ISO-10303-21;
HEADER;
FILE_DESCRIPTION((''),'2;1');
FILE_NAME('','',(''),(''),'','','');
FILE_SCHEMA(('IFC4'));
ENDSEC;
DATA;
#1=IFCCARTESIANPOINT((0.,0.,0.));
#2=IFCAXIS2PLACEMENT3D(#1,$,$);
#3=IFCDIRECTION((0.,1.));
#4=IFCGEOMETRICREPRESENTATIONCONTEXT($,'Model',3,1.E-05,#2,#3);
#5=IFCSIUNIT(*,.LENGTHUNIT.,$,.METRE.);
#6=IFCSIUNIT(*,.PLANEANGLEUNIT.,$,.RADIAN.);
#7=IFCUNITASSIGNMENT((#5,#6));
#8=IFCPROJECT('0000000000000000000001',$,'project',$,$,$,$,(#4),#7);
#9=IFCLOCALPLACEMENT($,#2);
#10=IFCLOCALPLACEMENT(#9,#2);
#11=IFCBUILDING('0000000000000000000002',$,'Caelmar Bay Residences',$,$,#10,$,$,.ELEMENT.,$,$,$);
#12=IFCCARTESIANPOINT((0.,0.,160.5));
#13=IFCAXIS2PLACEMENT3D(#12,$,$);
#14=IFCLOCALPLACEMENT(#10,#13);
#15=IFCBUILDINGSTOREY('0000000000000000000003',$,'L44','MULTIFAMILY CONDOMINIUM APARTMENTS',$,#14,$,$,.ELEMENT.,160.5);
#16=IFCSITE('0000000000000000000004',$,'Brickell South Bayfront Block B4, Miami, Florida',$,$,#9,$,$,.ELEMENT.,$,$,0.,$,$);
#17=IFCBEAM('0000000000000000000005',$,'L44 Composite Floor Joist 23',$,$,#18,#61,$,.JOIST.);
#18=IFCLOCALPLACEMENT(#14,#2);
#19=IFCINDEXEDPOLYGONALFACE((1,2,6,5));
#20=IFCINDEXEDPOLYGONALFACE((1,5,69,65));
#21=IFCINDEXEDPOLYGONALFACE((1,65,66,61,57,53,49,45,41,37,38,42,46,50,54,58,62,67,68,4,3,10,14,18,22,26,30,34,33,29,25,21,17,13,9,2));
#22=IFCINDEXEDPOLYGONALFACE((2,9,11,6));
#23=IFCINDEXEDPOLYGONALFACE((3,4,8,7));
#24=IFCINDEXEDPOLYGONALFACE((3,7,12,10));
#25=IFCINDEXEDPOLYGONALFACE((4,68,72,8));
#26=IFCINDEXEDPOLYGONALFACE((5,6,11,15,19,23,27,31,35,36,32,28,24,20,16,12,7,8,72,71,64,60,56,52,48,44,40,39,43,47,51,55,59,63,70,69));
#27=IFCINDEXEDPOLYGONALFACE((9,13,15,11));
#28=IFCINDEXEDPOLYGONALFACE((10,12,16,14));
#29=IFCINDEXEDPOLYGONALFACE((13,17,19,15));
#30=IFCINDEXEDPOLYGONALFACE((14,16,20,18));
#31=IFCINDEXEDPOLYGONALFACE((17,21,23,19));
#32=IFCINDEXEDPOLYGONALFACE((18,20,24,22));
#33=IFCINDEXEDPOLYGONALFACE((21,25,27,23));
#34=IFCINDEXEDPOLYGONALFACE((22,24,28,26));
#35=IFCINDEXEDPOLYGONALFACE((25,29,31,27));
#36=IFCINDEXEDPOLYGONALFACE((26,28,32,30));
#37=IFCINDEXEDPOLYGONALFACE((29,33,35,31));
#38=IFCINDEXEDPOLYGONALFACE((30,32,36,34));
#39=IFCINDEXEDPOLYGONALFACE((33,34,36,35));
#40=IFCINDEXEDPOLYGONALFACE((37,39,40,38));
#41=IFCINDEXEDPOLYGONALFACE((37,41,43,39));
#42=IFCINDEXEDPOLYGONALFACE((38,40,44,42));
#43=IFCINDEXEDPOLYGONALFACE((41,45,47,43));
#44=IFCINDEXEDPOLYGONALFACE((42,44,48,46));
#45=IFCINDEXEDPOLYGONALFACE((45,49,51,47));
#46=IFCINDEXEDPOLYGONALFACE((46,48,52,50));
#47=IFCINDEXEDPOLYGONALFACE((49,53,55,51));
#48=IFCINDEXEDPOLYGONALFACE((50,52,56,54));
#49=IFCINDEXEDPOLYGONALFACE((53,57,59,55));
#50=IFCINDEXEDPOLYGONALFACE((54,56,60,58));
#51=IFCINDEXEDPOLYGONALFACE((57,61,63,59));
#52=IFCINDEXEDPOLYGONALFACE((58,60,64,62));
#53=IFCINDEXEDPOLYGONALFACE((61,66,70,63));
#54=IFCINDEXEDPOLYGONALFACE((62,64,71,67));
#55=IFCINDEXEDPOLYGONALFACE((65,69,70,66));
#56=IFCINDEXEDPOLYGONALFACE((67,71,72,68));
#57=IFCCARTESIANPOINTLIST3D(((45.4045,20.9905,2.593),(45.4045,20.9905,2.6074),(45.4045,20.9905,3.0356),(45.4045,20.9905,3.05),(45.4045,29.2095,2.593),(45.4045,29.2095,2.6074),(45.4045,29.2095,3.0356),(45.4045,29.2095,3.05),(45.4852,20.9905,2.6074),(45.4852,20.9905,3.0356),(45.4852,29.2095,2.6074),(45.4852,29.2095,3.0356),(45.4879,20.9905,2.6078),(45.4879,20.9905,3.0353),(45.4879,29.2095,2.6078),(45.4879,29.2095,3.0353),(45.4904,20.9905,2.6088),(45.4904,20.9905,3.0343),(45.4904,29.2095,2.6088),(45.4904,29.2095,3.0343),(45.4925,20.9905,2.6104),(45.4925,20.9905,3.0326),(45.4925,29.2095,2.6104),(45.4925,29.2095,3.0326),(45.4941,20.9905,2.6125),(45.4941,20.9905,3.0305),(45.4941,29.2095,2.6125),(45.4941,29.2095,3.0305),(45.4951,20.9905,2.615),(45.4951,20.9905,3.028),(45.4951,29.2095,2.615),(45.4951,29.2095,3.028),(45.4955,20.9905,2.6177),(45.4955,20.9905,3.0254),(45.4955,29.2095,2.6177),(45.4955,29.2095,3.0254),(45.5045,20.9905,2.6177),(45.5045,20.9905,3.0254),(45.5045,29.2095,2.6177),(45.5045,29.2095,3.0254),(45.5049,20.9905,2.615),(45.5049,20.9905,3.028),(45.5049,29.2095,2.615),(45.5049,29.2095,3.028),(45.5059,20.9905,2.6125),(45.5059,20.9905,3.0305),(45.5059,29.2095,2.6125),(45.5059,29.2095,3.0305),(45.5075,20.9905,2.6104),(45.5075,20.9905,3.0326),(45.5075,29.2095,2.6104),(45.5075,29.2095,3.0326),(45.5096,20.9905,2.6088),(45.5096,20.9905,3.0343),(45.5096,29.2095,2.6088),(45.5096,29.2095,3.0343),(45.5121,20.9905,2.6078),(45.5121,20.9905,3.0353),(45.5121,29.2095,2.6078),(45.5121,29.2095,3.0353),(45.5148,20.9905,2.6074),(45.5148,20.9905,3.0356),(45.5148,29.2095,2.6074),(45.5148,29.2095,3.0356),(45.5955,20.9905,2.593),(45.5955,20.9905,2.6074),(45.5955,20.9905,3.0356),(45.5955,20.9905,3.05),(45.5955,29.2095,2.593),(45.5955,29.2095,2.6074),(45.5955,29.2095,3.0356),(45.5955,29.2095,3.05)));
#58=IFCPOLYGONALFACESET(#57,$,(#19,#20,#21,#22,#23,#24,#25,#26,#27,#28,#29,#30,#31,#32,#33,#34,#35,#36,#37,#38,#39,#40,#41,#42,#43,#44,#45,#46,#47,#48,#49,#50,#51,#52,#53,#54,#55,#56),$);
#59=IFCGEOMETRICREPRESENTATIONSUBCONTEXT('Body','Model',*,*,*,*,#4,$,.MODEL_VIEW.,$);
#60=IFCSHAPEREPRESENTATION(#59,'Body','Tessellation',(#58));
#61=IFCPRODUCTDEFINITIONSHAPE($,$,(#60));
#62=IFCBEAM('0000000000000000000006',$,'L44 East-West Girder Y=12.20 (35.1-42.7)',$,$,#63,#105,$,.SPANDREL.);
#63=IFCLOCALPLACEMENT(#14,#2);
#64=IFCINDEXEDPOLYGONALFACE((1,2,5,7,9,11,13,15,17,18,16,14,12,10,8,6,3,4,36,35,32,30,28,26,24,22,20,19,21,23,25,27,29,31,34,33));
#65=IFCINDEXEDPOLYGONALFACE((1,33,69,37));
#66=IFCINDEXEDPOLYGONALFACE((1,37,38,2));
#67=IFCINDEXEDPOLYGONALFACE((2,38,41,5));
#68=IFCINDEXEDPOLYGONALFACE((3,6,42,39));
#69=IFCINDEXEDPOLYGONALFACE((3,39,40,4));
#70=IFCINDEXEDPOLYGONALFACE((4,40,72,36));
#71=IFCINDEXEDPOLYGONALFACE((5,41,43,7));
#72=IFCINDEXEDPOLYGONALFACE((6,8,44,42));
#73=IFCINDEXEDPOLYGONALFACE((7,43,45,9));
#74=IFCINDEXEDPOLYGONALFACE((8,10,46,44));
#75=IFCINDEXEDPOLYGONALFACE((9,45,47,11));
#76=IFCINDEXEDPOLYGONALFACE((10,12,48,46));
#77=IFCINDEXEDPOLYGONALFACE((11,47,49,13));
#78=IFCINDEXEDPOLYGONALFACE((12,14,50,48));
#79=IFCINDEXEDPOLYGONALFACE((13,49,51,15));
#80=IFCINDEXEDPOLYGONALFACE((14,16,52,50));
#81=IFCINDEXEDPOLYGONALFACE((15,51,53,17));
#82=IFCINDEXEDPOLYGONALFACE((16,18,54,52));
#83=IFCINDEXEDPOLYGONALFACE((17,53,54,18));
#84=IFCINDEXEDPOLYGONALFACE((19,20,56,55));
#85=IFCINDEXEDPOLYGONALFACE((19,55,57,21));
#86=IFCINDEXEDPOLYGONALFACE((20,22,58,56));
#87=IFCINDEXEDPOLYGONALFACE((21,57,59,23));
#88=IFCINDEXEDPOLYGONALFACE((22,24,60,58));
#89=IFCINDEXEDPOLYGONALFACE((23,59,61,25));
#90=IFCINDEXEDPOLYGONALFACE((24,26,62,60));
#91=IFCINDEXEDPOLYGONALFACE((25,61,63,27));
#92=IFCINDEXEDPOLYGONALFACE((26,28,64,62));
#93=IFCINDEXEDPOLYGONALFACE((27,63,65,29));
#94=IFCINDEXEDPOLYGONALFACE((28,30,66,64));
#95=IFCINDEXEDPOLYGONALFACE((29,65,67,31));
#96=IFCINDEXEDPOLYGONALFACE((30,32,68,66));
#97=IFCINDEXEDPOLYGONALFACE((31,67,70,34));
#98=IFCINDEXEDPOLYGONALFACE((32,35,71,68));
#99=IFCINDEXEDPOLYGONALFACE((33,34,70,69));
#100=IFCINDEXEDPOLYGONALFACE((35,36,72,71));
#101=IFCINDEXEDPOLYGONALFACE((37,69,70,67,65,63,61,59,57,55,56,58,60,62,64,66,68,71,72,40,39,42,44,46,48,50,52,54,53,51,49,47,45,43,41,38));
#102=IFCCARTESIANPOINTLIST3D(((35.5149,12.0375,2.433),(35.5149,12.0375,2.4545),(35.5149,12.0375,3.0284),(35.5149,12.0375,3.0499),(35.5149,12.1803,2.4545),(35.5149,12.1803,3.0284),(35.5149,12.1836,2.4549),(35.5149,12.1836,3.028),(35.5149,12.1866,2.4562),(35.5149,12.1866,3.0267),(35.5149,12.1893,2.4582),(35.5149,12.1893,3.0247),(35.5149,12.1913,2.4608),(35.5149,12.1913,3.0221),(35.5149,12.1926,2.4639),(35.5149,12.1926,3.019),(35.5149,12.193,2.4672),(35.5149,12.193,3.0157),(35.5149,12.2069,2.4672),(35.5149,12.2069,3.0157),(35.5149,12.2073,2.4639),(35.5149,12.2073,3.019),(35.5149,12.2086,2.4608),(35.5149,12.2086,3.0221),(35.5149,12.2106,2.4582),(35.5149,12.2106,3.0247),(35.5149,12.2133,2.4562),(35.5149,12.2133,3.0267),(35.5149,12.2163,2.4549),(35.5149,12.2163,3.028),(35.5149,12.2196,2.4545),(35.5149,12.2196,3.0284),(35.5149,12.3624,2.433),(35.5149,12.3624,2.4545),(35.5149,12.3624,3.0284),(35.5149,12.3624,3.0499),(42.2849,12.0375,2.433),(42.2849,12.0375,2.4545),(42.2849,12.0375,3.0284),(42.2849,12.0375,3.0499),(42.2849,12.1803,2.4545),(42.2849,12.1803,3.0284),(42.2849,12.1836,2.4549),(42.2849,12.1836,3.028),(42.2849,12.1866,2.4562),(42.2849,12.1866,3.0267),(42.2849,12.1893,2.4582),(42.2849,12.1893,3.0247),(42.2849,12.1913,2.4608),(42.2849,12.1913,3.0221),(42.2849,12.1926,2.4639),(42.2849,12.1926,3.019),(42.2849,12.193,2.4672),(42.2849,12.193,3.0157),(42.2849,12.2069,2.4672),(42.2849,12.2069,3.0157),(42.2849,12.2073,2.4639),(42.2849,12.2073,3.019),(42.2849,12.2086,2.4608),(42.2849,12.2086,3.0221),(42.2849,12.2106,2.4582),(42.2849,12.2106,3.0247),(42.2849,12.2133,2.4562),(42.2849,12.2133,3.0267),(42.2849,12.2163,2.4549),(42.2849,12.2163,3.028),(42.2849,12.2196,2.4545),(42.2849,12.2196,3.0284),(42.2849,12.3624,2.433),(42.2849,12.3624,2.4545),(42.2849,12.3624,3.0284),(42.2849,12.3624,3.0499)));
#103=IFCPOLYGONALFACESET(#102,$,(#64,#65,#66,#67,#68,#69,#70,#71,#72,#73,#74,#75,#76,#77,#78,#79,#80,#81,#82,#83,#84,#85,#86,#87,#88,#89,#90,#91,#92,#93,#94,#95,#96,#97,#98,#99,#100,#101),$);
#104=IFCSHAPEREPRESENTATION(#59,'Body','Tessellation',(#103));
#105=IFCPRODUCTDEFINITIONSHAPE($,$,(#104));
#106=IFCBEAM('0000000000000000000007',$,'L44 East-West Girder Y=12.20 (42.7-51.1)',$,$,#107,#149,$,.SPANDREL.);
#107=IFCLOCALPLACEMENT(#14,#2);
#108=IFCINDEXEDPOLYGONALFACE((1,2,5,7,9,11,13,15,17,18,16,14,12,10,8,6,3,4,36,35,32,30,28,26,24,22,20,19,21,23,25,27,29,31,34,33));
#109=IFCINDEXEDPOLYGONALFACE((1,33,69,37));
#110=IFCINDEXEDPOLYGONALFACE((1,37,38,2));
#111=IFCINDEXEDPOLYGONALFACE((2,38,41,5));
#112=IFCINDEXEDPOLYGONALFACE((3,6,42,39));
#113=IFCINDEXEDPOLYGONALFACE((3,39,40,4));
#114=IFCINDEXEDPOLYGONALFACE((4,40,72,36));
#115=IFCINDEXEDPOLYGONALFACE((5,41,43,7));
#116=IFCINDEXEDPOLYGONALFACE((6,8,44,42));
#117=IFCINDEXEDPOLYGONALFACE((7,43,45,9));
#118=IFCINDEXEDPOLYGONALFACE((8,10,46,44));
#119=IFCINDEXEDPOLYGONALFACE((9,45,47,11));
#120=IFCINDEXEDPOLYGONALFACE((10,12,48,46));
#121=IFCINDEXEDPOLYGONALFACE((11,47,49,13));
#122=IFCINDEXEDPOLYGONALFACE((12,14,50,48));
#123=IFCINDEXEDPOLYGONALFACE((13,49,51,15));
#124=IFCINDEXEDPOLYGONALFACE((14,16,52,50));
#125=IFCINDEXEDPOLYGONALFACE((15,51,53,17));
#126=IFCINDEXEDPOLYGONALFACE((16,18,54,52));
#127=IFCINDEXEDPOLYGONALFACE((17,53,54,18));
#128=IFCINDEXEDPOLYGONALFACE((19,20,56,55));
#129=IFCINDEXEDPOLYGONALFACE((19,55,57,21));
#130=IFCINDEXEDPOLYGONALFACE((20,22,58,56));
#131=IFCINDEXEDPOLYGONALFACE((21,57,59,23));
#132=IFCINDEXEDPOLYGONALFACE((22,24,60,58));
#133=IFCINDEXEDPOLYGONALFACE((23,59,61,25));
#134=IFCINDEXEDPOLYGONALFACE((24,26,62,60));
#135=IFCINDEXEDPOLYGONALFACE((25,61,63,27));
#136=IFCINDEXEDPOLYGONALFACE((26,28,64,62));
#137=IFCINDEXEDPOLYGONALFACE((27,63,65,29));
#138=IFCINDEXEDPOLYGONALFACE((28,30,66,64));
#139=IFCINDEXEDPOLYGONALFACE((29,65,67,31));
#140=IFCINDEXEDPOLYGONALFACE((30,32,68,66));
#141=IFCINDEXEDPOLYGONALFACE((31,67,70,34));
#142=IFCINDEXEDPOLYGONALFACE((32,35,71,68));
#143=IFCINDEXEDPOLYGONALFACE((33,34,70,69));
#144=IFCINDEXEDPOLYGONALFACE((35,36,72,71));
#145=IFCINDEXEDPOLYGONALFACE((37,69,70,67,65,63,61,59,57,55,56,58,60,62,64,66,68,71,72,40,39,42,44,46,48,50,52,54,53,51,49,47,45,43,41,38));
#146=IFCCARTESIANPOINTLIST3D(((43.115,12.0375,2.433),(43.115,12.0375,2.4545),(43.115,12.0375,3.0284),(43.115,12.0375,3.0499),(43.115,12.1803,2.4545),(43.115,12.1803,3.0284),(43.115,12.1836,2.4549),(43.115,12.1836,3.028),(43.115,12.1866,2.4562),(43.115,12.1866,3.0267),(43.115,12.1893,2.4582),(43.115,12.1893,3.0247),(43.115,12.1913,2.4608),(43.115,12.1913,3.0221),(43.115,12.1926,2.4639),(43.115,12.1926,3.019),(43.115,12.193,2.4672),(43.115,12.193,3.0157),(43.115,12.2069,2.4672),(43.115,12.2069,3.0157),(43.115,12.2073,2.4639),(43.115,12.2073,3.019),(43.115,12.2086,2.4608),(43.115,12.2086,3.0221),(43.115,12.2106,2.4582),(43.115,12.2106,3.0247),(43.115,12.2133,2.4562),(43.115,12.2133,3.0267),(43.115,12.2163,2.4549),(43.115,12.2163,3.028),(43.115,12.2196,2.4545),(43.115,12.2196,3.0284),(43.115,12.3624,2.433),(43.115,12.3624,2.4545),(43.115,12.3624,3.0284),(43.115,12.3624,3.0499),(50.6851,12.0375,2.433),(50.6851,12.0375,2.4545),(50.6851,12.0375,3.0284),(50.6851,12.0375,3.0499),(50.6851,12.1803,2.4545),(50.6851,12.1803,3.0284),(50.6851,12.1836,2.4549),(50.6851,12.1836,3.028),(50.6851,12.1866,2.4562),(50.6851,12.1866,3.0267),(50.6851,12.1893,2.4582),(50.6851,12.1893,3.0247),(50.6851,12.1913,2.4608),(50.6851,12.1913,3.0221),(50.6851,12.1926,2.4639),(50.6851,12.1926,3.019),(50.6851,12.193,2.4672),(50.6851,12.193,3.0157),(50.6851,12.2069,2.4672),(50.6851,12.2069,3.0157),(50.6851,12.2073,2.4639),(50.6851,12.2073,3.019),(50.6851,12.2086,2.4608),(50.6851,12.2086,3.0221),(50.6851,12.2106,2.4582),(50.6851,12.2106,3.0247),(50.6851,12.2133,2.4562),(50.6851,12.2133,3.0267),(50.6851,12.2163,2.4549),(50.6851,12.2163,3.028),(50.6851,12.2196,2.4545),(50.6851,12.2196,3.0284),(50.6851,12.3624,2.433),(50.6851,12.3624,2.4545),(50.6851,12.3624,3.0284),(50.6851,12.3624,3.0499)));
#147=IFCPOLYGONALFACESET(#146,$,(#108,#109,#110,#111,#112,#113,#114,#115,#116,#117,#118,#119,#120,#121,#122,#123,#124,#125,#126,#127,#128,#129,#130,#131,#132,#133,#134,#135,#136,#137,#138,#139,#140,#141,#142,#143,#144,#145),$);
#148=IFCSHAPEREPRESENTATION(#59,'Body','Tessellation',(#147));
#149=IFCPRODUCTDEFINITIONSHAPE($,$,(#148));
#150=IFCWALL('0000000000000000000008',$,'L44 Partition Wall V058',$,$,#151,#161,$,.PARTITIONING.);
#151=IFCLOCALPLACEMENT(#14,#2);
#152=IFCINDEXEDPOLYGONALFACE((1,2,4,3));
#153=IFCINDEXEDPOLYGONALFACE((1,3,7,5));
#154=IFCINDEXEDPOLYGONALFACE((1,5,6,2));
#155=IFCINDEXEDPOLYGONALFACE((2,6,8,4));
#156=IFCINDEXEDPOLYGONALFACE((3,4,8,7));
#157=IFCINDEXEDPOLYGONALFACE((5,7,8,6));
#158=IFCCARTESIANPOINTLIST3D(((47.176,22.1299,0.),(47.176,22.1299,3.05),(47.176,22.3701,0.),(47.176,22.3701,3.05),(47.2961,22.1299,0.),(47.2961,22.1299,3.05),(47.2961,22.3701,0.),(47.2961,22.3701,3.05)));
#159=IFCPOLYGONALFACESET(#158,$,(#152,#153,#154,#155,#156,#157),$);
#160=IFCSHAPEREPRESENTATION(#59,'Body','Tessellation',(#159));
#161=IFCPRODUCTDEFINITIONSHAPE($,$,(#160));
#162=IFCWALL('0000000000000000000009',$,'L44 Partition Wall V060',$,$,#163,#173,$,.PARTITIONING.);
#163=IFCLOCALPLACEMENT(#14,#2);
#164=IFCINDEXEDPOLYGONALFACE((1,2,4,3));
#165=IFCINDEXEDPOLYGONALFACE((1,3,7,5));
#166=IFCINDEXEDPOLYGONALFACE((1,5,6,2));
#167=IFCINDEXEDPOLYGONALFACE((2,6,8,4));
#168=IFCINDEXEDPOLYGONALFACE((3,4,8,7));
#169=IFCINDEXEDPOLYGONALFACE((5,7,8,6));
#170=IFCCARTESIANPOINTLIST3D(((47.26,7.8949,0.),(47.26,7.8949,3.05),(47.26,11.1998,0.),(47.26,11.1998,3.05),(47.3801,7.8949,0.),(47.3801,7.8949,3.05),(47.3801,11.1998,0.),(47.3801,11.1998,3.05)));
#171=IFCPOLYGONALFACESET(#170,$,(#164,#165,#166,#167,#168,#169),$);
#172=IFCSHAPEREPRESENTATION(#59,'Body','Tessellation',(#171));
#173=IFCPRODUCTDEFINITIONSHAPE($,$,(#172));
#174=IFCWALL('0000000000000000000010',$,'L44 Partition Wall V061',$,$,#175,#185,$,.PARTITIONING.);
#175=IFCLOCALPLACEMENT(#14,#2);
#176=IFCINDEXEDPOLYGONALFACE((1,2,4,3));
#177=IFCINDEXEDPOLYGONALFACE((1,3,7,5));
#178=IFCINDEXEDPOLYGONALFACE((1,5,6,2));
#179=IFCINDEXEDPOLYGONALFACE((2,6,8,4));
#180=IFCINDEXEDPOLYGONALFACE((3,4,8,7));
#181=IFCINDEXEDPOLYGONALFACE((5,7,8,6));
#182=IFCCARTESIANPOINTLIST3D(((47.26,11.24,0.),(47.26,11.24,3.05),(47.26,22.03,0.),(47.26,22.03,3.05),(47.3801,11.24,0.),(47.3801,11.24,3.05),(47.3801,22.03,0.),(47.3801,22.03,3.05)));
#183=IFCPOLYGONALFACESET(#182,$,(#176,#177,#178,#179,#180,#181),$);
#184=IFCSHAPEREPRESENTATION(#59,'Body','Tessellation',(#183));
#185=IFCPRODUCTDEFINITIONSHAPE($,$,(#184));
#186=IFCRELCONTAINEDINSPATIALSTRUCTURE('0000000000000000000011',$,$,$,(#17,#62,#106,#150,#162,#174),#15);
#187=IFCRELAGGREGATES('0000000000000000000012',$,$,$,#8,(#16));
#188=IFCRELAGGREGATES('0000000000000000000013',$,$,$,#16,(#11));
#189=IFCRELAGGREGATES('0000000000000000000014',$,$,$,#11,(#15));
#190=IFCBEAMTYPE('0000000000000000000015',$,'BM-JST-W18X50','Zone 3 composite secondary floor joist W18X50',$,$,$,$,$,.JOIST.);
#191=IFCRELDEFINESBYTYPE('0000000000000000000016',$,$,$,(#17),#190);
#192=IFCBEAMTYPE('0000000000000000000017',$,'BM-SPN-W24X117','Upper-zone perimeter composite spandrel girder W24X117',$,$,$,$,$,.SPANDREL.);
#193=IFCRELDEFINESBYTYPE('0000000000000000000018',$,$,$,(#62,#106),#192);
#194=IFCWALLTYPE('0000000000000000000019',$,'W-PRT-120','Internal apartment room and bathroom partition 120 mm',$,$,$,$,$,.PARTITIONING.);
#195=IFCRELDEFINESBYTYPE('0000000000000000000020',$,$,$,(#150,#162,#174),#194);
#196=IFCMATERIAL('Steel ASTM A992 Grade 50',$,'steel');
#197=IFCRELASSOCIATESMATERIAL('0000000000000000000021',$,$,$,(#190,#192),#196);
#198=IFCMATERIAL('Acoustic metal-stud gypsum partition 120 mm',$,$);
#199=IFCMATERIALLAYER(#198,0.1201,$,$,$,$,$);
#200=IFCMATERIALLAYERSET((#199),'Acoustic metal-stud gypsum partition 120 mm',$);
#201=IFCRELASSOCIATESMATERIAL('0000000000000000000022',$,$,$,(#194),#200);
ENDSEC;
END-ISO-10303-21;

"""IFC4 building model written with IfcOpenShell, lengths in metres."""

from ifc_helpers import new_model, si_unit, direction, frame, frame_2d, origin, origin_2d, place, context, subcontext, project, spatial, rectangle, i_section, extrude, material, layer, layer_set, material_profile, profile_set, type_object, element, save


model = new_model("IFC4")

# Units and contexts
model_context = context("Model", 3, precision=1e-05, world=origin(), true_north=direction((0.0, 1.0)))
body_context = subcontext(model_context, "Body", "Model", "MODEL_VIEW")
ifc_project = project(units=[si_unit("LENGTHUNIT", "METRE"), si_unit("PLANEANGLEUNIT", "RADIAN")], contexts=[model_context])

# Site, building, storey
site_placement = place(None, origin())
site = spatial("IfcSite", under=ifc_project, at=site_placement, Name="Brickell South Bayfront Block B4, Miami, Florida", CompositionType="ELEMENT", RefElevation=0.0)
building_placement = place(site_placement, origin())
building = spatial("IfcBuilding", under=site, at=building_placement, Name="Caelmar Bay Residences", CompositionType="ELEMENT")
storey_placement = place(building_placement, frame((0.0, 0.0, 160.5)))
storey = spatial("IfcBuildingStorey", under=building, at=storey_placement, Name="L44", Description="MULTIFAMILY CONDOMINIUM APARTMENTS", CompositionType="ELEMENT", Elevation=160.5)

# Beams
ifc_material_1 = material(Name="Steel ASTM A992 Grade 50", Category="steel")
ifc_material_profile_1 = material_profile(ifc_material_1, i_section(OverallWidth=0.1909, OverallDepth=0.457, WebThickness=0.009, FlangeThickness=0.0144, FilletRadius=0.0103, at=origin_2d()), Name="W18X50")
ifc_profile_set_1 = profile_set([ifc_material_profile_1], Name="Steel ASTM A992 Grade 50")
beam_type_1 = type_object("IfcBeamType", Name="BM-JST-W18X50", Description="Zone 3 composite secondary floor joist W18X50", PredefinedType="JOIST", material=ifc_profile_set_1)
for number, where, z_axis, x_axis, name in (
    (1, (45.5, 20.9905, 2.8215), (0.0, 1.0, 0.0), (-1.0, 0.0, 0.0), "L44 Composite Floor Joist 23"),
):
    element("IfcBeam", number, at=place(storey_placement, frame(where, z_axis=z_axis, x_axis=x_axis)), inside=storey, type_object=beam_type_1, Name=name, PredefinedType="JOIST", context=body_context, shape_type="SweptSolid", body=[
        extrude(i_section(OverallWidth=0.1909, OverallDepth=0.457, WebThickness=0.009, FlangeThickness=0.0144, FilletRadius=0.0103, at=origin_2d()), origin(), (0.0, 0.0, 1.0), 8.219),
    ])
ifc_material_profile_2 = material_profile(ifc_material_1, i_section(OverallWidth=0.325, OverallDepth=0.6169, WebThickness=0.0139, FlangeThickness=0.0215, FilletRadius=0.0127, at=origin_2d()), Name="W24X117")
ifc_profile_set_2 = profile_set([ifc_material_profile_2], Name="Steel ASTM A992 Grade 50")
beam_type_2 = type_object("IfcBeamType", Name="BM-SPN-W24X117", Description="Upper-zone perimeter composite spandrel girder W24X117", PredefinedType="SPANDREL", material=ifc_profile_set_2)
beam_1_placement = place(storey_placement, frame((35.5149, 12.2, 2.7415), z_axis=(1.0, 0.0, 0.0), x_axis=(0.0, 1.0, 0.0)))
element("IfcBeam", 2, at=beam_1_placement, inside=storey, type_object=beam_type_2, Name="L44 East-West Girder Y=12.20 (35.1-42.7)", PredefinedType="SPANDREL", context=body_context, shape_type="SweptSolid", body=[
    extrude(i_section(OverallWidth=0.325, OverallDepth=0.6169, WebThickness=0.0139, FlangeThickness=0.0215, FilletRadius=0.0127, at=origin_2d()), origin(), (0.0, 0.0, 1.0), 6.77),
])
beam_2_placement = place(storey_placement, frame((43.115, 12.2, 2.7415), z_axis=(1.0, 0.0, 0.0), x_axis=(0.0, 1.0, 0.0)))
element("IfcBeam", 3, at=beam_2_placement, inside=storey, type_object=beam_type_2, Name="L44 East-West Girder Y=12.20 (42.7-51.1)", PredefinedType="SPANDREL", context=body_context, shape_type="SweptSolid", body=[
    extrude(i_section(OverallWidth=0.325, OverallDepth=0.6169, WebThickness=0.0139, FlangeThickness=0.0215, FilletRadius=0.0127, at=origin_2d()), origin(), (0.0, 0.0, 1.0), 7.5701),
])

# Walls
ifc_material_2 = material(Name="Acoustic metal-stud gypsum partition 120 mm")
ifc_layer_1 = layer(ifc_material_2, 0.1201)
ifc_layer_set_1 = layer_set([ifc_layer_1], Name="Acoustic metal-stud gypsum partition 120 mm")
wall_type_1 = type_object("IfcWallType", Name="W-PRT-120", Description="Internal apartment room and bathroom partition 120 mm", PredefinedType="PARTITIONING", material=ifc_layer_set_1)
wall_1_placement = place(storey_placement, frame((47.2361, 22.1299, 0.0), z_axis=(0.0, 0.0, 1.0), x_axis=(0.0, 1.0, 0.0)))
element("IfcWall", 4, at=wall_1_placement, inside=storey, type_object=wall_type_1, Name="L44 Partition Wall V058", PredefinedType="PARTITIONING", context=body_context, shape_type="SweptSolid", body=[
    extrude(rectangle(XDim=0.2402, YDim=0.1201, at=frame_2d((0.1201, 0.0))), origin(), (0.0, 0.0, 1.0), 3.05),
])
wall_2_placement = place(storey_placement, frame((47.3201, 7.895, 0.0), z_axis=(0.0, 0.0, 1.0), x_axis=(0.0, 1.0, 0.0)))
element("IfcWall", 5, at=wall_2_placement, inside=storey, type_object=wall_type_1, Name="L44 Partition Wall V060", PredefinedType="PARTITIONING", context=body_context, shape_type="SweptSolid", body=[
    extrude(rectangle(XDim=3.3049, YDim=0.1201, at=frame_2d((1.6523, 0.0))), origin(), (0.0, 0.0, 1.0), 3.05),
])
wall_3_placement = place(storey_placement, frame((47.3201, 11.24, 0.0), z_axis=(0.0, 0.0, 1.0), x_axis=(0.0, 1.0, 0.0)))
element("IfcWall", 6, at=wall_3_placement, inside=storey, type_object=wall_type_1, Name="L44 Partition Wall V061", PredefinedType="PARTITIONING", context=body_context, shape_type="SweptSolid", body=[
    extrude(rectangle(XDim=10.79, YDim=0.1201, at=frame_2d((5.395, 0.0))), origin(), (0.0, 0.0, 1.0), 3.05),
])

save(model, "model.ifc")
